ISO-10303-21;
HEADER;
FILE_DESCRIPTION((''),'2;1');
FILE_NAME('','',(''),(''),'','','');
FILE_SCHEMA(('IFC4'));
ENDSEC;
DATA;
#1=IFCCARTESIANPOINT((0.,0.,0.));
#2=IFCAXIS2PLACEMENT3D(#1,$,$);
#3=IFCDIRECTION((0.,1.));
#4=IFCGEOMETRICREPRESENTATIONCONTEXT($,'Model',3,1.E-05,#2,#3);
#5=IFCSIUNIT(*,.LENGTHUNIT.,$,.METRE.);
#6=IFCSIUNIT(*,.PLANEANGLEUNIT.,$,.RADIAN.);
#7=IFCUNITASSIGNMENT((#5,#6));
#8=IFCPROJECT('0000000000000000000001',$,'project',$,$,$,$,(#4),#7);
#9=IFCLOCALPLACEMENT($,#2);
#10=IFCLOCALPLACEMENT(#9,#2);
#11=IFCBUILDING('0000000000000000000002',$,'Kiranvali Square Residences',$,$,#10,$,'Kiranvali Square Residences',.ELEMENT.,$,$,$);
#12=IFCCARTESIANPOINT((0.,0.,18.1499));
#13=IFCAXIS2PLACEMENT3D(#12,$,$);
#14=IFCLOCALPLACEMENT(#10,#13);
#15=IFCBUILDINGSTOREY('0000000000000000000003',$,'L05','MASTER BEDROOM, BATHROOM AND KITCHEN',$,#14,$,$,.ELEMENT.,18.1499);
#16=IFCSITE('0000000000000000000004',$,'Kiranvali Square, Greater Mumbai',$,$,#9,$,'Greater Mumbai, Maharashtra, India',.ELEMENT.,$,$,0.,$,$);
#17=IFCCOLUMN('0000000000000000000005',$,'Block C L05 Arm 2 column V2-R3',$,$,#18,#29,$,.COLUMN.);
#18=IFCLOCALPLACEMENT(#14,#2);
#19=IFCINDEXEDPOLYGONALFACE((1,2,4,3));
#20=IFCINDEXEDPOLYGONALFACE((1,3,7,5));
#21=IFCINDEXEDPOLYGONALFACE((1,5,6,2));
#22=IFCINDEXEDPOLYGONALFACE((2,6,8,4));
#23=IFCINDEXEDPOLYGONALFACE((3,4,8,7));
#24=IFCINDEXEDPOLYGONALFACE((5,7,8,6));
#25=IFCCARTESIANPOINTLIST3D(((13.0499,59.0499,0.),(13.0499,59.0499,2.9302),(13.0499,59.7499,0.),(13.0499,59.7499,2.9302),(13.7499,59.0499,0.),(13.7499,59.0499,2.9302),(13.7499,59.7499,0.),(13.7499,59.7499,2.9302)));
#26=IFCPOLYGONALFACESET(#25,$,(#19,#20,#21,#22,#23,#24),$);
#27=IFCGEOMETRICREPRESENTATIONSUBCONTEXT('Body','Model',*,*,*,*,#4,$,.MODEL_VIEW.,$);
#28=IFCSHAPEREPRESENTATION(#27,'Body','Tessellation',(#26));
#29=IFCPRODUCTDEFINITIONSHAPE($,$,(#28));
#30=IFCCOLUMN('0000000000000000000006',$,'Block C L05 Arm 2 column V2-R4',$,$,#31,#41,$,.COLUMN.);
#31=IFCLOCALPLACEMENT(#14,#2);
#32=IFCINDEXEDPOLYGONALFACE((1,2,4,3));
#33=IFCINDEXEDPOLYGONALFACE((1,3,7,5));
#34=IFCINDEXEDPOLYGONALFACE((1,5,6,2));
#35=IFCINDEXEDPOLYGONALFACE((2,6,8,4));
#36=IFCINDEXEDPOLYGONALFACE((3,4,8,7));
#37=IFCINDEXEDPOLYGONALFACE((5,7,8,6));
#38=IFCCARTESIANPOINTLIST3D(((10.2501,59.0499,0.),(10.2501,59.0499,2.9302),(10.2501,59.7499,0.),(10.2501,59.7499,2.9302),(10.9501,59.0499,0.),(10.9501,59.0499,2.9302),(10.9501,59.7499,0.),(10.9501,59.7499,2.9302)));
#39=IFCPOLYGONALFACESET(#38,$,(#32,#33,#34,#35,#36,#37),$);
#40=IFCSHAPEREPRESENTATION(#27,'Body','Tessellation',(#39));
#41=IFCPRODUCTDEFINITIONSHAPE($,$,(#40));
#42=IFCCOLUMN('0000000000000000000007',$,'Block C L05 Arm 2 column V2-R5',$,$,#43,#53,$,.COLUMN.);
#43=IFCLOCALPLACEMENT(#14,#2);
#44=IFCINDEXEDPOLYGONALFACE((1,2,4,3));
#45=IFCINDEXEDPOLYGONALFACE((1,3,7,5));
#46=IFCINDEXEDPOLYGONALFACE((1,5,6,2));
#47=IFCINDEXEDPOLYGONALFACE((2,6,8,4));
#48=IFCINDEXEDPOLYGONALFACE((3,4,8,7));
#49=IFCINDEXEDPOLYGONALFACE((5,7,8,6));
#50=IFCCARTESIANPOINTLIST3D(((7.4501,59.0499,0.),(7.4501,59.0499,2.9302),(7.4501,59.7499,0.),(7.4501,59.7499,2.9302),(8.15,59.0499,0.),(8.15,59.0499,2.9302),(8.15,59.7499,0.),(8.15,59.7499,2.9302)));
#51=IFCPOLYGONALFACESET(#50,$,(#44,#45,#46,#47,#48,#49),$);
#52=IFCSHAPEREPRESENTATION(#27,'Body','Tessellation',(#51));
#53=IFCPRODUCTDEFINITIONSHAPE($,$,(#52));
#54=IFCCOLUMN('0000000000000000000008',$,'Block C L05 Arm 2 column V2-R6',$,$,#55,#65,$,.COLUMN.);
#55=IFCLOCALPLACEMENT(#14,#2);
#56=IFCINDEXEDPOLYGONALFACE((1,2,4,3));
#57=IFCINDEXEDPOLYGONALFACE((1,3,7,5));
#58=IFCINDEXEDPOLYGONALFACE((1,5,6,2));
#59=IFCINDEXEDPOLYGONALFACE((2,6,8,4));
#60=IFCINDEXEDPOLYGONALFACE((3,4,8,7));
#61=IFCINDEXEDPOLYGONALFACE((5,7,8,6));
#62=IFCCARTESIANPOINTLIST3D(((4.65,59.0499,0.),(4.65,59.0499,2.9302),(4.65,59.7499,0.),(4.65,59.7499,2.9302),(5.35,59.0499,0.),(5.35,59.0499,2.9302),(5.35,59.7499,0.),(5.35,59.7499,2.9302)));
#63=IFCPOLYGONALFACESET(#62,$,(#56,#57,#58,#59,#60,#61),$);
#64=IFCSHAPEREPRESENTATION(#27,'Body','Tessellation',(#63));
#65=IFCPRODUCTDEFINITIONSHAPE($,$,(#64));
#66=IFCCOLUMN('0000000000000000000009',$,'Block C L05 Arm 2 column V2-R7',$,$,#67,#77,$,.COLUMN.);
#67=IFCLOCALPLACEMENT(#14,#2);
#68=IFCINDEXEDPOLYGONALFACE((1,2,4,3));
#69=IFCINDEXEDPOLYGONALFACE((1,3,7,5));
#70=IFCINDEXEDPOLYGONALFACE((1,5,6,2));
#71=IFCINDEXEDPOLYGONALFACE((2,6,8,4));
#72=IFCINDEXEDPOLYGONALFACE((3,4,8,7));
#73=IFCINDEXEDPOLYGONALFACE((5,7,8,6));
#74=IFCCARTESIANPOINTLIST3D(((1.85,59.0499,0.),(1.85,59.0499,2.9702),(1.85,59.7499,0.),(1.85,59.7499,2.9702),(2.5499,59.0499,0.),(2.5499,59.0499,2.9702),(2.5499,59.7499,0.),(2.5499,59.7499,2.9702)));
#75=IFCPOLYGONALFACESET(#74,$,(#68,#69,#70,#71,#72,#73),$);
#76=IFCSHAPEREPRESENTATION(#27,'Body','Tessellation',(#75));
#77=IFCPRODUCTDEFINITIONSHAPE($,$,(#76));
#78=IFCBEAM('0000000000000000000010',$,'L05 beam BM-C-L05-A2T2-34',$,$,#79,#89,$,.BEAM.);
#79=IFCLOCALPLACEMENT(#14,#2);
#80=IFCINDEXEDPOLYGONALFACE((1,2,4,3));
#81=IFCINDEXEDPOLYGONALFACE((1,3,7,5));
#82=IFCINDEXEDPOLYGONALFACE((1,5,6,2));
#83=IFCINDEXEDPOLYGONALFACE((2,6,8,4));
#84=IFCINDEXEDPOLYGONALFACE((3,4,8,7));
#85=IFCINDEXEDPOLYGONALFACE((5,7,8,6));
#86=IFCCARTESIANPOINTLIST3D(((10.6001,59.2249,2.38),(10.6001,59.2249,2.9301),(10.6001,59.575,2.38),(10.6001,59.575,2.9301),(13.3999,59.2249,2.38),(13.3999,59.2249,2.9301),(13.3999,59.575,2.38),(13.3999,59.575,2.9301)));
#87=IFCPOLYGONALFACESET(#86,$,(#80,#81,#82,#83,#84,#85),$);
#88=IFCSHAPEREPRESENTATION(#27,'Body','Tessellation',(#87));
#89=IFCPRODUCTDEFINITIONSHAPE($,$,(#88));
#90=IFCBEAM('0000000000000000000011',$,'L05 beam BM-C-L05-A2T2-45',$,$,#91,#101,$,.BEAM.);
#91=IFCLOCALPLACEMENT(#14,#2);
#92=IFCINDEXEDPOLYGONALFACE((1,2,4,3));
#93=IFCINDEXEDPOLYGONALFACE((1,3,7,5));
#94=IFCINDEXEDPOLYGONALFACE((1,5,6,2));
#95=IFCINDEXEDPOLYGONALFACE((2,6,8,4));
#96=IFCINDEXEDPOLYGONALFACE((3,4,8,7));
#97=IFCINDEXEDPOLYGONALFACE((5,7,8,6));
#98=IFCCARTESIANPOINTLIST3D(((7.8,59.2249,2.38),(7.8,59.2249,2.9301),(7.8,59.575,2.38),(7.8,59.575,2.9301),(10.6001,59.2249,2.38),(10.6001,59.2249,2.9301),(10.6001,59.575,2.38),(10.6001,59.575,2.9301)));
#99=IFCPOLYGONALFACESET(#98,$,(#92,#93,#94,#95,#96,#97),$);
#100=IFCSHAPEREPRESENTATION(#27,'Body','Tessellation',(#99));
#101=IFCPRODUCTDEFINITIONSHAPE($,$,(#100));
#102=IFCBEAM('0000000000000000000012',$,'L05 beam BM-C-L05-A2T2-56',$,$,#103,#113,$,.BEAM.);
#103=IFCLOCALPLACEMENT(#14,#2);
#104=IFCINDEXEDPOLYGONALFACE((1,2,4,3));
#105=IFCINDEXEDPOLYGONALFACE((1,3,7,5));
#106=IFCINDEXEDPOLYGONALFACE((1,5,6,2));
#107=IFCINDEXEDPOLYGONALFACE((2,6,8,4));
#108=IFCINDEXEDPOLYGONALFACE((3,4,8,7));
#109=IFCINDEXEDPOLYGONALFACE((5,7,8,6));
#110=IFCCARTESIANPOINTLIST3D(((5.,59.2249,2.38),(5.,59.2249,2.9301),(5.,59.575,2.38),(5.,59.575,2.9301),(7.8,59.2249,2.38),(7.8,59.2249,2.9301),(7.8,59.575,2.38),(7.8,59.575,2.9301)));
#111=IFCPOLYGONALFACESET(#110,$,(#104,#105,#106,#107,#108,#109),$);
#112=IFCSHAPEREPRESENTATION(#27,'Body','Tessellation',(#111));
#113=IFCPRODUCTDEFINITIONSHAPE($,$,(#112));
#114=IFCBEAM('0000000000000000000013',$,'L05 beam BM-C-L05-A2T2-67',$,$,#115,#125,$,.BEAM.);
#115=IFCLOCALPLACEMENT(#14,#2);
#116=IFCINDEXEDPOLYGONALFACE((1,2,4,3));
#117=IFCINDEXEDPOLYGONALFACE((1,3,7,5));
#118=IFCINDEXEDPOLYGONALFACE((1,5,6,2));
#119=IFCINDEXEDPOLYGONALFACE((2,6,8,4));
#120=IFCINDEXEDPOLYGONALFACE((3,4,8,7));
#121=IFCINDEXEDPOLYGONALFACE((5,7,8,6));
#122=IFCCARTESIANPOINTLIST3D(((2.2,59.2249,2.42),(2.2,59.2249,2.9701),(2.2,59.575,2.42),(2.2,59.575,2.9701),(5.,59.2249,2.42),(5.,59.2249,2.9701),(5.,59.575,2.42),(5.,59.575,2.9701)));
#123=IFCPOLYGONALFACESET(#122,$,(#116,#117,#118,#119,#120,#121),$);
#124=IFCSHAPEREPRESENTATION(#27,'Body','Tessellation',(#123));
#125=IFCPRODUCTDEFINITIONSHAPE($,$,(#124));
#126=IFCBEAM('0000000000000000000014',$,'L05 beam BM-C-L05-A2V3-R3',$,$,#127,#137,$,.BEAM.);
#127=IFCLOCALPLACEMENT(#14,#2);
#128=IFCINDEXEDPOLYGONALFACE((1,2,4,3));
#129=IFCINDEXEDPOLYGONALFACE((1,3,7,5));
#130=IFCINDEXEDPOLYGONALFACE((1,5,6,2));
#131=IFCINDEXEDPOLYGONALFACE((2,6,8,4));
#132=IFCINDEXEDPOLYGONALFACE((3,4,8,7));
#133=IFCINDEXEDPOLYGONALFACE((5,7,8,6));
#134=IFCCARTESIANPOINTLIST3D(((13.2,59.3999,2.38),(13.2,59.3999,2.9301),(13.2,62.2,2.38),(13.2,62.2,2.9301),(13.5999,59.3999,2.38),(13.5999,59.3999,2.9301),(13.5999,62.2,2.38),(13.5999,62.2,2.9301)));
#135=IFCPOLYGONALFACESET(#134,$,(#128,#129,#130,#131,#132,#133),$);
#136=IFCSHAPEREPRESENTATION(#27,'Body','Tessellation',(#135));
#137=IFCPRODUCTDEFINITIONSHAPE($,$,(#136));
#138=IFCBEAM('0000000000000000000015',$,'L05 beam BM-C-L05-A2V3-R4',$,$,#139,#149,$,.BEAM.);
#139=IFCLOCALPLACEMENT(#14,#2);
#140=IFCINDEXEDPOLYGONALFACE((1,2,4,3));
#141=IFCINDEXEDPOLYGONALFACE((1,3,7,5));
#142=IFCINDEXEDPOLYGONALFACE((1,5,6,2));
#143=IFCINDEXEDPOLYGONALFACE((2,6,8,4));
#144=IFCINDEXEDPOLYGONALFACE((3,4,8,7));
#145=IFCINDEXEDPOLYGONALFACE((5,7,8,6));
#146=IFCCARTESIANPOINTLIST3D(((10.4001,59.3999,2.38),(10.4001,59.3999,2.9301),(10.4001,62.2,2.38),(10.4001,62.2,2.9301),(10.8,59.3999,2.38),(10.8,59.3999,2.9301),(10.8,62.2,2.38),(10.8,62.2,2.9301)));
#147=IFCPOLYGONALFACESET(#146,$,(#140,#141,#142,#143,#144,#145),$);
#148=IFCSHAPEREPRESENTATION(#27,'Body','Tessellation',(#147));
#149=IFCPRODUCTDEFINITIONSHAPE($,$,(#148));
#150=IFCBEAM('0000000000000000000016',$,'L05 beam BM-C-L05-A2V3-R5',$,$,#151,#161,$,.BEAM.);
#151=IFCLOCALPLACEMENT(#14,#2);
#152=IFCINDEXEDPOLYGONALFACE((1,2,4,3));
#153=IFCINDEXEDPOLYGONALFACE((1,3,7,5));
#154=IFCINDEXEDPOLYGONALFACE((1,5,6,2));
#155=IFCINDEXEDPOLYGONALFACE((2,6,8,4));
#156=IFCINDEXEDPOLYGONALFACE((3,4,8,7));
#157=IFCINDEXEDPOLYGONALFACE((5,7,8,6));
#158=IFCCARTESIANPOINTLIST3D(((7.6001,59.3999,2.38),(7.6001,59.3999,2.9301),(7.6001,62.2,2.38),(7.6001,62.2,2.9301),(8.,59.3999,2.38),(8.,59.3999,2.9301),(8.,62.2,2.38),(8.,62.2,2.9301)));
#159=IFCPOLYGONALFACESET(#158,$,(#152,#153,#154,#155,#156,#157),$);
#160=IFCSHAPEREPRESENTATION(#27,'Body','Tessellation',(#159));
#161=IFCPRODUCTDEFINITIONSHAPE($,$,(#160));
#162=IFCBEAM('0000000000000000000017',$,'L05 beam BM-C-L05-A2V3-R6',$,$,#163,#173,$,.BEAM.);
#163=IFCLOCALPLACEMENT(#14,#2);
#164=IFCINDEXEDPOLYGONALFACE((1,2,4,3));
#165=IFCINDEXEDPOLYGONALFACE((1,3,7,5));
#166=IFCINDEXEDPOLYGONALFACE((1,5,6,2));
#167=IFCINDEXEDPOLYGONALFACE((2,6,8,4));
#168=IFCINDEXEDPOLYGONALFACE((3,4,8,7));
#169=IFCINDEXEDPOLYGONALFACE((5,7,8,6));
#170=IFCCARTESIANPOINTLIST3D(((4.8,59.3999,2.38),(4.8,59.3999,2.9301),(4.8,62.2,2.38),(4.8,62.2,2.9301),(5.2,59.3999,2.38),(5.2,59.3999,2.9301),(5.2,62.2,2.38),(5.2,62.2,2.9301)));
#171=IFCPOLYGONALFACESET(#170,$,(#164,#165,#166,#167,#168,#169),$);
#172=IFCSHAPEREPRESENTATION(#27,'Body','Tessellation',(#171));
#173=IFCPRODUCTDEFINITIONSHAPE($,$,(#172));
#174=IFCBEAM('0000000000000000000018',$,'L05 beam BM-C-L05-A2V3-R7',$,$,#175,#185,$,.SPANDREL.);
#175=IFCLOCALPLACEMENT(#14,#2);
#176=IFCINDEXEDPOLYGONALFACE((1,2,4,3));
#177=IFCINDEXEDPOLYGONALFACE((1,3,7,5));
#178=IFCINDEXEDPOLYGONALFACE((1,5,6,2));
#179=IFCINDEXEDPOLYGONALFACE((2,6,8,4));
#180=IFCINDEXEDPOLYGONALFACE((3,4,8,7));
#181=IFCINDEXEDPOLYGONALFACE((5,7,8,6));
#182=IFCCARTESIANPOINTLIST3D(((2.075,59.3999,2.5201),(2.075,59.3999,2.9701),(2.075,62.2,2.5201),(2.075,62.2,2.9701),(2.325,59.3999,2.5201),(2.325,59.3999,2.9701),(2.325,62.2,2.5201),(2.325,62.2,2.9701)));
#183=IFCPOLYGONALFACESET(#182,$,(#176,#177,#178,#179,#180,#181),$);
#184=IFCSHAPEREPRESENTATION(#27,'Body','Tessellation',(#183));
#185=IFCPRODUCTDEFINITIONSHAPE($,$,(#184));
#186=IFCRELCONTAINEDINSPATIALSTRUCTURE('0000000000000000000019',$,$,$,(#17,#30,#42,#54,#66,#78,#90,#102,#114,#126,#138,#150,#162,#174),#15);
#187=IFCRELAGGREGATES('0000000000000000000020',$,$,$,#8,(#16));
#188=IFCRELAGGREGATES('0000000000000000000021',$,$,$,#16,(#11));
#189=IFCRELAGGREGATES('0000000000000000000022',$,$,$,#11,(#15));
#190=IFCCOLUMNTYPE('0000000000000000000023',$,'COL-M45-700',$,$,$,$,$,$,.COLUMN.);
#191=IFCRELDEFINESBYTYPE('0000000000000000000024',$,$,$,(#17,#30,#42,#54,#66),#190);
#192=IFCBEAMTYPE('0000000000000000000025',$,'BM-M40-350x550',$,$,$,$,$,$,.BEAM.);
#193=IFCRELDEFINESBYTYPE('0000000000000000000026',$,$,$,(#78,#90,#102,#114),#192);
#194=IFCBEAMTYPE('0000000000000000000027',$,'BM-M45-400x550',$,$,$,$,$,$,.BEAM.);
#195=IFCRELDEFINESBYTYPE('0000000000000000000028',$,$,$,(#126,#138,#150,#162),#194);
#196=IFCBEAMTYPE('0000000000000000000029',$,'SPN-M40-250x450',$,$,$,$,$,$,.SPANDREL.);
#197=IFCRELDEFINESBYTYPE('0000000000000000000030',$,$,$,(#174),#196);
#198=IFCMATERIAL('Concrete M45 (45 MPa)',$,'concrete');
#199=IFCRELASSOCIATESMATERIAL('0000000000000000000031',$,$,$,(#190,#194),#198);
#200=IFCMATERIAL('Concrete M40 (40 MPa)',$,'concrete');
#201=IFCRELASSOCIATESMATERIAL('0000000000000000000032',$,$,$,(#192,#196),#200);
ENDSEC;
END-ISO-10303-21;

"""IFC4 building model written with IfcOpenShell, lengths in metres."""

from ifc_helpers import new_model, si_unit, direction, frame, origin, origin_2d, place, context, subcontext, project, spatial, rectangle, extrude, material, material_profile, profile_set, type_object, element, save


model = new_model("IFC4")

# Units and contexts
model_context = context("Model", 3, precision=1e-05, world=origin(), true_north=direction((0.0, 1.0)))
body_context = subcontext(model_context, "Body", "Model", "MODEL_VIEW")
ifc_project = project(units=[si_unit("LENGTHUNIT", "METRE"), si_unit("PLANEANGLEUNIT", "RADIAN")], contexts=[model_context])

# Site, building, storey
site_placement = place(None, origin())
site = spatial("IfcSite", under=ifc_project, at=site_placement, Name="Kiranvali Square, Greater Mumbai", LongName="Greater Mumbai, Maharashtra, India", CompositionType="ELEMENT", RefElevation=0.0)
building_placement = place(site_placement, origin())
building = spatial("IfcBuilding", under=site, at=building_placement, Name="Kiranvali Square Residences", LongName="Kiranvali Square Residences", CompositionType="ELEMENT")
storey_placement = place(building_placement, frame((0.0, 0.0, 18.1499)))
storey = spatial("IfcBuildingStorey", under=building, at=storey_placement, Name="L05", Description="MASTER BEDROOM, BATHROOM AND KITCHEN", CompositionType="ELEMENT", Elevation=18.1499)

# Columns
ifc_material_1 = material(Name="Concrete M45 (45 MPa)", Category="concrete")
ifc_material_profile_1 = material_profile(ifc_material_1, rectangle(XDim=0.7, YDim=0.7, at=origin_2d()), Name="RC 700x700")
ifc_profile_set_1 = profile_set([ifc_material_profile_1], Name="Concrete M45 (45 MPa)")
column_type = type_object("IfcColumnType", Name="COL-M45-700", PredefinedType="COLUMN", material=ifc_profile_set_1)
for number, where, z_axis, x_axis, name in (
    (1, (13.3999, 59.3999, 0.0), (0.0, 0.0, 1.0), (1.0, 0.0, 0.0), "Block C L05 Arm 2 column V2-R3"),
    (2, (10.6001, 59.3999, 0.0), (0.0, 0.0, 1.0), (1.0, 0.0, 0.0), "Block C L05 Arm 2 column V2-R4"),
    (3, (7.8, 59.3999, 0.0), (0.0, 0.0, 1.0), (1.0, 0.0, 0.0), "Block C L05 Arm 2 column V2-R5"),
    (4, (5.0, 59.3999, 0.0), (0.0, 0.0, 1.0), (1.0, 0.0, 0.0), "Block C L05 Arm 2 column V2-R6"),
):
    element("IfcColumn", number, at=place(storey_placement, frame(where, z_axis=z_axis, x_axis=x_axis)), inside=storey, type_object=column_type, Name=name, PredefinedType="COLUMN", context=body_context, shape_type="SweptSolid", body=[
        extrude(rectangle(XDim=0.7, YDim=0.7, at=origin_2d()), origin(), (0.0, 0.0, 1.0), 2.9302),
    ])
column_placement = place(storey_placement, frame((2.2, 59.3999, 0.0), z_axis=(0.0, 0.0, 1.0), x_axis=(1.0, 0.0, 0.0)))
element("IfcColumn", 5, at=column_placement, inside=storey, type_object=column_type, Name="Block C L05 Arm 2 column V2-R7", PredefinedType="COLUMN", context=body_context, shape_type="SweptSolid", body=[
    extrude(rectangle(XDim=0.7, YDim=0.7, at=origin_2d()), origin(), (0.0, 0.0, 1.0), 2.9702),
])

# Beams
ifc_material_2 = material(Name="Concrete M40 (40 MPa)", Category="concrete")
ifc_material_profile_2 = material_profile(ifc_material_2, rectangle(XDim=0.3501, YDim=0.55, at=origin_2d()), Name="RC 350x550")
ifc_profile_set_2 = profile_set([ifc_material_profile_2], Name="Concrete M40 (40 MPa)")
beam_type_1 = type_object("IfcBeamType", Name="BM-M40-350x550", PredefinedType="BEAM", material=ifc_profile_set_2)
beam_1_placement = place(storey_placement, frame((13.3999, 59.3999, 2.655), z_axis=(-1.0, 0.0, 0.0), x_axis=(0.0, -1.0, 0.0)))
element("IfcBeam", 6, at=beam_1_placement, inside=storey, type_object=beam_type_1, Name="L05 beam BM-C-L05-A2T2-34", PredefinedType="BEAM", context=body_context, shape_type="SweptSolid", body=[
    extrude(rectangle(XDim=0.3501, YDim=0.55, at=origin_2d()), origin(), (0.0, 0.0, 1.0), 2.7998),
])
for number, where, z_axis, x_axis, name in (
    (7, (10.6001, 59.3999, 2.655), (-1.0, 0.0, 0.0), (0.0, -1.0, 0.0), "L05 beam BM-C-L05-A2T2-45"),
    (8, (7.8, 59.3999, 2.655), (-1.0, 0.0, 0.0), (0.0, -1.0, 0.0), "L05 beam BM-C-L05-A2T2-56"),
    (9, (5.0, 59.3999, 2.6951), (-1.0, 0.0, 0.0), (0.0, -1.0, 0.0), "L05 beam BM-C-L05-A2T2-67"),
):
    element("IfcBeam", number, at=place(storey_placement, frame(where, z_axis=z_axis, x_axis=x_axis)), inside=storey, type_object=beam_type_1, Name=name, PredefinedType="BEAM", context=body_context, shape_type="SweptSolid", body=[
        extrude(rectangle(XDim=0.3501, YDim=0.55, at=origin_2d()), origin(), (0.0, 0.0, 1.0), 2.8),
    ])
ifc_material_profile_3 = material_profile(ifc_material_1, rectangle(XDim=0.3999, YDim=0.55, at=origin_2d()), Name="RC 400x550")
ifc_profile_set_3 = profile_set([ifc_material_profile_3], Name="Concrete M45 (45 MPa)")
beam_type_2 = type_object("IfcBeamType", Name="BM-M45-400x550", PredefinedType="BEAM", material=ifc_profile_set_3)
for number, where, z_axis, x_axis, name in (
    (10, (13.3999, 59.3999, 2.655), (0.0, 1.0, 0.0), (-1.0, 0.0, 0.0), "L05 beam BM-C-L05-A2V3-R3"),
    (11, (10.6001, 59.3999, 2.655), (0.0, 1.0, 0.0), (-1.0, 0.0, 0.0), "L05 beam BM-C-L05-A2V3-R4"),
    (12, (7.8, 59.3999, 2.655), (0.0, 1.0, 0.0), (-1.0, 0.0, 0.0), "L05 beam BM-C-L05-A2V3-R5"),
    (13, (5.0, 59.3999, 2.655), (0.0, 1.0, 0.0), (-1.0, 0.0, 0.0), "L05 beam BM-C-L05-A2V3-R6"),
):
    element("IfcBeam", number, at=place(storey_placement, frame(where, z_axis=z_axis, x_axis=x_axis)), inside=storey, type_object=beam_type_2, Name=name, PredefinedType="BEAM", context=body_context, shape_type="SweptSolid", body=[
        extrude(rectangle(XDim=0.3999, YDim=0.55, at=origin_2d()), origin(), (0.0, 0.0, 1.0), 2.8),
    ])
ifc_material_profile_4 = material_profile(ifc_material_2, rectangle(XDim=0.25, YDim=0.45, at=origin_2d()), Name="RC 250x450")
ifc_profile_set_4 = profile_set([ifc_material_profile_4], Name="Concrete M40 (40 MPa)")
beam_type_3 = type_object("IfcBeamType", Name="SPN-M40-250x450", PredefinedType="SPANDREL", material=ifc_profile_set_4)
beam_2_placement = place(storey_placement, frame((2.2, 59.3999, 2.7451), z_axis=(0.0, 1.0, 0.0), x_axis=(-1.0, 0.0, 0.0)))
element("IfcBeam", 14, at=beam_2_placement, inside=storey, type_object=beam_type_3, Name="L05 beam BM-C-L05-A2V3-R7", PredefinedType="SPANDREL", context=body_context, shape_type="SweptSolid", body=[
    extrude(rectangle(XDim=0.25, YDim=0.45, at=origin_2d()), origin(), (0.0, 0.0, 1.0), 2.8),
])

save(model, "model.ifc")
